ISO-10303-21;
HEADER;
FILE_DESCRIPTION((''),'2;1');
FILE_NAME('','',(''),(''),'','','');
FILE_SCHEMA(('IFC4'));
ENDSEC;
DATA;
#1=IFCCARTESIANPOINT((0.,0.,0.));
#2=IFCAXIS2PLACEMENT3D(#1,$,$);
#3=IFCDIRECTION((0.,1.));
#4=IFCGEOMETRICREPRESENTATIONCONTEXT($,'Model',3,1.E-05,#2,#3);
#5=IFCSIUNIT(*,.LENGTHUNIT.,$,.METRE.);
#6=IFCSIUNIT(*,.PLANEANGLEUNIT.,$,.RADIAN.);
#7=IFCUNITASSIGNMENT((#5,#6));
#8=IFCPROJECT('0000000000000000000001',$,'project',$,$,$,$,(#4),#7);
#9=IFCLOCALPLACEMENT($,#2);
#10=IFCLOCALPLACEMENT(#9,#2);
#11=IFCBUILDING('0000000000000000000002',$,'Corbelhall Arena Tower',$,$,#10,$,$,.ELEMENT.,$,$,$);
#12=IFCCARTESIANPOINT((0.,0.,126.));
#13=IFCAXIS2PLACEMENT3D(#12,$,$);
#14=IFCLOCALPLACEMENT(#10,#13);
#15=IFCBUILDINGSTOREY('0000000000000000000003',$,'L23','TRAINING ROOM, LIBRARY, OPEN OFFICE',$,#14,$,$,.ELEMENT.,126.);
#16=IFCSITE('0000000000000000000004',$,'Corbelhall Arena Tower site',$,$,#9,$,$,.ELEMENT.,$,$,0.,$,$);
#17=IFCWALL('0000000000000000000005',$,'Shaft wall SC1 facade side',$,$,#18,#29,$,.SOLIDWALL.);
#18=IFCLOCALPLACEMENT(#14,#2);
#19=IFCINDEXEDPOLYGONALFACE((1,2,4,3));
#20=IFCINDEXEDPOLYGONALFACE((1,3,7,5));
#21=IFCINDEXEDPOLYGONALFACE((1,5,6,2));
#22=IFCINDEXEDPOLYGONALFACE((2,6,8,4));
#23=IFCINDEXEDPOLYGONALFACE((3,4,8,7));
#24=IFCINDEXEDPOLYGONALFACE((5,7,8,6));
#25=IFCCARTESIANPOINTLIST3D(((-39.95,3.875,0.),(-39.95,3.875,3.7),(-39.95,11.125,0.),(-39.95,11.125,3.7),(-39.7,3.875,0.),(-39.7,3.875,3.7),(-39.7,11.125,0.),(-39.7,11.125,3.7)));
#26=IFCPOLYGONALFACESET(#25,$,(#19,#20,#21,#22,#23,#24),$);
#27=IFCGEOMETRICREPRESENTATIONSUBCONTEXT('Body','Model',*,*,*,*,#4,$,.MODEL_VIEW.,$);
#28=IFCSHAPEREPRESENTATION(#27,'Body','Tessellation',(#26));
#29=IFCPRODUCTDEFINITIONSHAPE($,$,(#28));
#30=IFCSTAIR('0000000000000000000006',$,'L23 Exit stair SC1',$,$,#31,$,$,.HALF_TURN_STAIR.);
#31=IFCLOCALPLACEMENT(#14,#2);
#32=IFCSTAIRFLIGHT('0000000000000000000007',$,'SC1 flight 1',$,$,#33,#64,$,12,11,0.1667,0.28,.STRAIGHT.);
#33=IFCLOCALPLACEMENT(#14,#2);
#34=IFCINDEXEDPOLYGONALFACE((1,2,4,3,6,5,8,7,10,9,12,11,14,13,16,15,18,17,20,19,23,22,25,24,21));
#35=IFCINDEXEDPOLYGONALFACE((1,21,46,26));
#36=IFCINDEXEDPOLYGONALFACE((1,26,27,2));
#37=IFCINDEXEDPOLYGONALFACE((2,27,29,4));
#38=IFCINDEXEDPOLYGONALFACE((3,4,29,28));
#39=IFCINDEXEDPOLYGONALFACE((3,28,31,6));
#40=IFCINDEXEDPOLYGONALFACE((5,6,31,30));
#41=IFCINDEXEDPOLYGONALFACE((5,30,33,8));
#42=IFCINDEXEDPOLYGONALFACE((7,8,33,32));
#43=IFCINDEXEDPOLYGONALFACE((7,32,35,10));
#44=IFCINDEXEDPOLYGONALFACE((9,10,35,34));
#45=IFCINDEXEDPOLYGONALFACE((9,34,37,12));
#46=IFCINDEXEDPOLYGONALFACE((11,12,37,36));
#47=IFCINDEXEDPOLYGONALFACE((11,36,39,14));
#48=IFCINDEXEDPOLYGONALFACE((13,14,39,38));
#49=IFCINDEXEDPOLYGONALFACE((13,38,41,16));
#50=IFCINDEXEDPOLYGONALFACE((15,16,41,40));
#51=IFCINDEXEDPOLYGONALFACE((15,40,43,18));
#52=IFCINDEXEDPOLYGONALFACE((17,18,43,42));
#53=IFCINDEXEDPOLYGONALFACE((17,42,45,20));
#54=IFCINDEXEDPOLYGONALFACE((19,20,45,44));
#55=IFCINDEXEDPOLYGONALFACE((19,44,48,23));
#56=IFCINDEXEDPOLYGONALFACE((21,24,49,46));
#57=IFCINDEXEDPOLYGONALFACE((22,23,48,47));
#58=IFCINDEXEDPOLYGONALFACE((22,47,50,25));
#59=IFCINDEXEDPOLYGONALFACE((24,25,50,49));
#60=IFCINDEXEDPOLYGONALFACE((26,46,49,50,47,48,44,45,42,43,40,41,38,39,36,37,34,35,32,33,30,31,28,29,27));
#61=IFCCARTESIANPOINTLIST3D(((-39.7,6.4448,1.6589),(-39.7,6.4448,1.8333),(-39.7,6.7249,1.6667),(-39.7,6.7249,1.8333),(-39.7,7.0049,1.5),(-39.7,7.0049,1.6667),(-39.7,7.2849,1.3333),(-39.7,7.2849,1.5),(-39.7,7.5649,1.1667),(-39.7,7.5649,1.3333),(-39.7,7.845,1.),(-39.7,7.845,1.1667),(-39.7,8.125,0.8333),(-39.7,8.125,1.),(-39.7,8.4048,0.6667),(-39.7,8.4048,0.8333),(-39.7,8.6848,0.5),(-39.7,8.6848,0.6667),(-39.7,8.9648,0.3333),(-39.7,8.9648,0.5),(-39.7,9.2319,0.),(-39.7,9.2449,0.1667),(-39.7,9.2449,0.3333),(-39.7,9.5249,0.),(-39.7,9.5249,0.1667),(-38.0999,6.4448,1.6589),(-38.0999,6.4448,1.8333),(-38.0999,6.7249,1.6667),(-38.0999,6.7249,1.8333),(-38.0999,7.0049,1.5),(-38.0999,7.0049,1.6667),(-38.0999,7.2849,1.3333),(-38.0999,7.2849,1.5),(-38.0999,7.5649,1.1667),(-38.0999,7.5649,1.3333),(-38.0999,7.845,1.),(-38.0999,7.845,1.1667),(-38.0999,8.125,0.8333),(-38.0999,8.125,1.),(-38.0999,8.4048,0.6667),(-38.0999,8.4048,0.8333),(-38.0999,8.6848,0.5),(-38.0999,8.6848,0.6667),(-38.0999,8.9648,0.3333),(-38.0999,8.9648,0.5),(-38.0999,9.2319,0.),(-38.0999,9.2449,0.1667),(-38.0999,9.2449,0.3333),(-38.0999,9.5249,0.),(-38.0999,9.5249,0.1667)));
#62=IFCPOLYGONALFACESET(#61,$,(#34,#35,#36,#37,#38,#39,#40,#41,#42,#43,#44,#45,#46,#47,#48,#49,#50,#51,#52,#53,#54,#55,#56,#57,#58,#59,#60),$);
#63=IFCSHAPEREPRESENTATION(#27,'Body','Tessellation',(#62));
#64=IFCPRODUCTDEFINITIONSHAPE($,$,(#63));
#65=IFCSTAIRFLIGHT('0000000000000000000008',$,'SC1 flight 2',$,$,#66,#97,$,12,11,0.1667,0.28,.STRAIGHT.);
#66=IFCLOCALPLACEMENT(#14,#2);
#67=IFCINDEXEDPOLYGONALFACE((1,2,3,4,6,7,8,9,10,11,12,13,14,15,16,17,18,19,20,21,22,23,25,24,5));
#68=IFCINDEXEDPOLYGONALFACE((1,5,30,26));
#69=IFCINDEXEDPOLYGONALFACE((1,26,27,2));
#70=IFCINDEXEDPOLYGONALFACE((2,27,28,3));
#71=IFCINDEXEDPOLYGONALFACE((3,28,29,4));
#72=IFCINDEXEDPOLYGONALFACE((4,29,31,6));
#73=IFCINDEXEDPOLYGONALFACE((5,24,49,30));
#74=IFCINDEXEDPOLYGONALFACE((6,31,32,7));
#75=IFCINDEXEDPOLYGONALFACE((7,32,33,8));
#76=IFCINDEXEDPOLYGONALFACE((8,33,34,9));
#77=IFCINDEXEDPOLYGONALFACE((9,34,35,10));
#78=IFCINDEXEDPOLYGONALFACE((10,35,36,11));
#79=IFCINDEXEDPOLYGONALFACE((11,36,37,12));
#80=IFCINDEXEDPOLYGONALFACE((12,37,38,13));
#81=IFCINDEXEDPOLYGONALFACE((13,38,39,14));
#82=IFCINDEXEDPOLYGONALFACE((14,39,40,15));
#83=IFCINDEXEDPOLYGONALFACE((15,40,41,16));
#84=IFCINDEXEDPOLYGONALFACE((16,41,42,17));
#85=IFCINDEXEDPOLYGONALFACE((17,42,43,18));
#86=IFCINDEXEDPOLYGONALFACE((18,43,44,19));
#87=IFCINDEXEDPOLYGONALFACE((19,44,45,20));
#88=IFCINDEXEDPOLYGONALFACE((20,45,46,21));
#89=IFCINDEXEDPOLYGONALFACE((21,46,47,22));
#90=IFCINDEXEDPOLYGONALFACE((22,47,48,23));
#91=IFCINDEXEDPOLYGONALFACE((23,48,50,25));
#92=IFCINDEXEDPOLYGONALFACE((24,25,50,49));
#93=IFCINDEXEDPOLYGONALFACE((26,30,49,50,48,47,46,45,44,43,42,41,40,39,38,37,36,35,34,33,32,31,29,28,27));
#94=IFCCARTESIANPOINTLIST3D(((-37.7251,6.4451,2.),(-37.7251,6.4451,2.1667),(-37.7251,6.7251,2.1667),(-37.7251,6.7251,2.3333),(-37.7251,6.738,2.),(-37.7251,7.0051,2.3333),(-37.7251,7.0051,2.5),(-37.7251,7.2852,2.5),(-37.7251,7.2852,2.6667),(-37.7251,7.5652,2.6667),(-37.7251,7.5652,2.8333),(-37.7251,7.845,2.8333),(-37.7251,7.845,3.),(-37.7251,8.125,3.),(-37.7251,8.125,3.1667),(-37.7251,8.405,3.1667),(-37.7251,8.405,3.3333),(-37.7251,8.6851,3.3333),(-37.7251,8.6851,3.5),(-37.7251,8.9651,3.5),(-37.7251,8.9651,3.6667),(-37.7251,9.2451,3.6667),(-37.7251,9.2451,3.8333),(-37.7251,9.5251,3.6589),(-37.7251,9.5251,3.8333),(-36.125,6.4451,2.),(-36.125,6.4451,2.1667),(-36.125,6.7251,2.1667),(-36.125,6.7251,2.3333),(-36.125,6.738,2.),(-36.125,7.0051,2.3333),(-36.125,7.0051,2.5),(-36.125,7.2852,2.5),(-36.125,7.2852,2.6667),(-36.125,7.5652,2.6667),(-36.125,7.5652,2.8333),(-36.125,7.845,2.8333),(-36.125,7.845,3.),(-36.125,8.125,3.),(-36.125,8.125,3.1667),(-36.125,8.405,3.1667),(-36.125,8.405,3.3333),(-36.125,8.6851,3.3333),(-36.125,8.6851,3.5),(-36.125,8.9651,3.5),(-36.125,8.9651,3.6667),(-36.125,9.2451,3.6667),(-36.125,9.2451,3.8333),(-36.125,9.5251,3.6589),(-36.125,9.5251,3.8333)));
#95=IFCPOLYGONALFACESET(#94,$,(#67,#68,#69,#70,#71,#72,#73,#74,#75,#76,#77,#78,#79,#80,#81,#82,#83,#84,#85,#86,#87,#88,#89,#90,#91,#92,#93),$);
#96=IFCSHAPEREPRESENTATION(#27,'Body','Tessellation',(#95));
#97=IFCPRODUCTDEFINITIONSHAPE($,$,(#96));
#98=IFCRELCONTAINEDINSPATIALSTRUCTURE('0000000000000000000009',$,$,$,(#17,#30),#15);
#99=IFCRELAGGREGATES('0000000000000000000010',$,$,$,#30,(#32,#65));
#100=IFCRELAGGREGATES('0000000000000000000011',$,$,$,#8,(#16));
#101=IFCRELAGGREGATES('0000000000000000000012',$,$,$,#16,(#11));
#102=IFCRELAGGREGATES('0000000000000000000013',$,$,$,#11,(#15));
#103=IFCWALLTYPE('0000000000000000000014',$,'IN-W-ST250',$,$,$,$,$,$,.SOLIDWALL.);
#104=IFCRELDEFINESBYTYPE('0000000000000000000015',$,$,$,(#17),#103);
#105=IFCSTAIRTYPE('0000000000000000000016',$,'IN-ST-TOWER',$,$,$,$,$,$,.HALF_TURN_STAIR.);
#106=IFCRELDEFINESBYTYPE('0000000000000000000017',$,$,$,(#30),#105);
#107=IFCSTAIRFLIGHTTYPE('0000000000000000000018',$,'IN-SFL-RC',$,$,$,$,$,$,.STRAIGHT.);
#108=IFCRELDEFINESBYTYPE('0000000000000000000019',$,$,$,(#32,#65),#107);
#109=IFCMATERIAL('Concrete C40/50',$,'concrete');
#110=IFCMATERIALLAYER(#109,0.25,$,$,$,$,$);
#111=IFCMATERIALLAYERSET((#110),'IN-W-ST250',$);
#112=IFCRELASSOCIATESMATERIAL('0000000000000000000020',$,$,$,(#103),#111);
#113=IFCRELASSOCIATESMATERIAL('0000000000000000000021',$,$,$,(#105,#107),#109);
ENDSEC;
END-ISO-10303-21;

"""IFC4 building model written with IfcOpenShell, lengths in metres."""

from ifc_helpers import new_model, si_unit, direction, frame, frame_2d, origin, place, context, subcontext, project, spatial, polyline, rectangle, outline, extrude, material, layer, layer_set, type_object, element, aggregate, save


model = new_model("IFC4")

# Units and contexts
model_context = context("Model", 3, precision=1e-05, world=origin(), true_north=direction((0.0, 1.0)))
body_context = subcontext(model_context, "Body", "Model", "MODEL_VIEW")
ifc_project = project(units=[si_unit("LENGTHUNIT", "METRE"), si_unit("PLANEANGLEUNIT", "RADIAN")], contexts=[model_context])

# Site, building, storey
site_placement = place(None, origin())
site = spatial("IfcSite", under=ifc_project, at=site_placement, Name="Corbelhall Arena Tower site", CompositionType="ELEMENT", RefElevation=0.0)
building_placement = place(site_placement, origin())
building = spatial("IfcBuilding", under=site, at=building_placement, Name="Corbelhall Arena Tower", CompositionType="ELEMENT")
storey_placement = place(building_placement, frame((0.0, 0.0, 126.0)))
storey = spatial("IfcBuildingStorey", under=building, at=storey_placement, Name="L23", Description="TRAINING ROOM, LIBRARY, OPEN OFFICE", CompositionType="ELEMENT", Elevation=126.0)

# Shared definitions
ifc_material_1 = material(Name="Concrete C40/50", Category="concrete")
ifc_layer_1 = layer(ifc_material_1, 0.25)
ifc_layer_set_1 = layer_set([ifc_layer_1], Name="IN-W-ST250")
wall_type_1 = type_object("IfcWallType", Name="IN-W-ST250", PredefinedType="SOLIDWALL", material=ifc_layer_set_1)

# Wall
wall_1_placement = place(storey_placement, frame((-39.825, 3.875, 0.0), z_axis=(0.0, 0.0, 1.0), x_axis=(0.0, 1.0, 0.0)))
element("IfcWall", 1, at=wall_1_placement, inside=storey, type_object=wall_type_1, Name="Shaft wall SC1 facade side", PredefinedType="SOLIDWALL", context=body_context, shape_type="SweptSolid", body=[
    extrude(rectangle(XDim=7.25, YDim=0.25, at=frame_2d((3.625, 0.0))), origin(), (0.0, 0.0, 1.0), 3.7),
])

# Stair, stair flights
stair_type = type_object("IfcStairType", Name="IN-ST-TOWER", PredefinedType="HALF_TURN_STAIR", material=ifc_material_1)
stair_placement = place(storey_placement, origin())
stair = element("IfcStair", 2, at=stair_placement, inside=storey, type_object=stair_type, Name="L23 Exit stair SC1", PredefinedType="HALF_TURN_STAIR")
stair_flight_type = type_object("IfcStairFlightType", Name="IN-SFL-RC", PredefinedType="STRAIGHT", material=ifc_material_1)
stair_flight_1_placement = place(storey_placement, frame((-38.8999, 9.5249, 0.0), z_axis=(0.0, 0.0, 1.0), x_axis=(0.0, -1.0, 0.0)))
stair_flight_1 = element("IfcStairFlight", 3, at=stair_flight_1_placement, type_object=stair_flight_type, Name="SC1 flight 1", NumberOfRisers=12, NumberOfTreads=11, PredefinedType="STRAIGHT", RiserHeight=0.1667, TreadLength=0.28, context=body_context, shape_type="SweptSolid", body=[
    extrude(outline(polyline([(0.0, 0.0), (0.0, 0.1667), (0.28, 0.1667), (0.28, 0.3333), (0.5601, 0.3333), (0.5601, 0.5), (0.8401, 0.5), (0.8401, 0.6667), (1.1201, 0.6667), (1.1201, 0.8333), (1.3999, 0.8333), (1.3999, 1.0), (1.6799, 1.0), (1.6799, 1.1667), (1.96, 1.1667), (1.96, 1.3333), (2.24, 1.3333), (2.24, 1.5), (2.52, 1.5), (2.52, 1.6667), (2.8, 1.6667), (2.8, 1.8333), (3.0801, 1.8333), (3.0801, 2.0), (3.0801, 1.6589), (0.293, 0.0), (0.0, 0.0)])), frame((0.0, 0.8, 0.0), z_axis=(0.0, -1.0, 0.0), x_axis=(1.0, 0.0, 0.0)), (0.0, 0.0, 1.0), 1.6001),
])
stair_flight_2_placement = place(storey_placement, frame((-36.925, 6.4451, 2.0), z_axis=(0.0, 0.0, 1.0), x_axis=(0.0, 1.0, 0.0)))
stair_flight_2 = element("IfcStairFlight", 4, at=stair_flight_2_placement, type_object=stair_flight_type, Name="SC1 flight 2", NumberOfRisers=12, NumberOfTreads=11, PredefinedType="STRAIGHT", RiserHeight=0.1667, TreadLength=0.28, context=body_context, shape_type="SweptSolid", body=[
    extrude(outline(polyline([(0.0, 0.0), (0.0, 0.1667), (0.28, 0.1667), (0.28, 0.3333), (0.5601, 0.3333), (0.5601, 0.5), (0.8401, 0.5), (0.8401, 0.6667), (1.1201, 0.6667), (1.1201, 0.8333), (1.3999, 0.8333), (1.3999, 1.0), (1.6799, 1.0), (1.6799, 1.1667), (1.96, 1.1667), (1.96, 1.3333), (2.24, 1.3333), (2.24, 1.5), (2.52, 1.5), (2.52, 1.6667), (2.8, 1.6667), (2.8, 1.8333), (3.0801, 1.8333), (3.0801, 2.0), (3.0801, 1.6589), (0.293, 0.0), (0.0, 0.0)])), frame((0.0, 0.8, 0.0), z_axis=(0.0, -1.0, 0.0), x_axis=(1.0, 0.0, 0.0)), (0.0, 0.0, 1.0), 1.6001),
])
aggregate(stair, [stair_flight_1, stair_flight_2])

save(model, "model.ifc")
